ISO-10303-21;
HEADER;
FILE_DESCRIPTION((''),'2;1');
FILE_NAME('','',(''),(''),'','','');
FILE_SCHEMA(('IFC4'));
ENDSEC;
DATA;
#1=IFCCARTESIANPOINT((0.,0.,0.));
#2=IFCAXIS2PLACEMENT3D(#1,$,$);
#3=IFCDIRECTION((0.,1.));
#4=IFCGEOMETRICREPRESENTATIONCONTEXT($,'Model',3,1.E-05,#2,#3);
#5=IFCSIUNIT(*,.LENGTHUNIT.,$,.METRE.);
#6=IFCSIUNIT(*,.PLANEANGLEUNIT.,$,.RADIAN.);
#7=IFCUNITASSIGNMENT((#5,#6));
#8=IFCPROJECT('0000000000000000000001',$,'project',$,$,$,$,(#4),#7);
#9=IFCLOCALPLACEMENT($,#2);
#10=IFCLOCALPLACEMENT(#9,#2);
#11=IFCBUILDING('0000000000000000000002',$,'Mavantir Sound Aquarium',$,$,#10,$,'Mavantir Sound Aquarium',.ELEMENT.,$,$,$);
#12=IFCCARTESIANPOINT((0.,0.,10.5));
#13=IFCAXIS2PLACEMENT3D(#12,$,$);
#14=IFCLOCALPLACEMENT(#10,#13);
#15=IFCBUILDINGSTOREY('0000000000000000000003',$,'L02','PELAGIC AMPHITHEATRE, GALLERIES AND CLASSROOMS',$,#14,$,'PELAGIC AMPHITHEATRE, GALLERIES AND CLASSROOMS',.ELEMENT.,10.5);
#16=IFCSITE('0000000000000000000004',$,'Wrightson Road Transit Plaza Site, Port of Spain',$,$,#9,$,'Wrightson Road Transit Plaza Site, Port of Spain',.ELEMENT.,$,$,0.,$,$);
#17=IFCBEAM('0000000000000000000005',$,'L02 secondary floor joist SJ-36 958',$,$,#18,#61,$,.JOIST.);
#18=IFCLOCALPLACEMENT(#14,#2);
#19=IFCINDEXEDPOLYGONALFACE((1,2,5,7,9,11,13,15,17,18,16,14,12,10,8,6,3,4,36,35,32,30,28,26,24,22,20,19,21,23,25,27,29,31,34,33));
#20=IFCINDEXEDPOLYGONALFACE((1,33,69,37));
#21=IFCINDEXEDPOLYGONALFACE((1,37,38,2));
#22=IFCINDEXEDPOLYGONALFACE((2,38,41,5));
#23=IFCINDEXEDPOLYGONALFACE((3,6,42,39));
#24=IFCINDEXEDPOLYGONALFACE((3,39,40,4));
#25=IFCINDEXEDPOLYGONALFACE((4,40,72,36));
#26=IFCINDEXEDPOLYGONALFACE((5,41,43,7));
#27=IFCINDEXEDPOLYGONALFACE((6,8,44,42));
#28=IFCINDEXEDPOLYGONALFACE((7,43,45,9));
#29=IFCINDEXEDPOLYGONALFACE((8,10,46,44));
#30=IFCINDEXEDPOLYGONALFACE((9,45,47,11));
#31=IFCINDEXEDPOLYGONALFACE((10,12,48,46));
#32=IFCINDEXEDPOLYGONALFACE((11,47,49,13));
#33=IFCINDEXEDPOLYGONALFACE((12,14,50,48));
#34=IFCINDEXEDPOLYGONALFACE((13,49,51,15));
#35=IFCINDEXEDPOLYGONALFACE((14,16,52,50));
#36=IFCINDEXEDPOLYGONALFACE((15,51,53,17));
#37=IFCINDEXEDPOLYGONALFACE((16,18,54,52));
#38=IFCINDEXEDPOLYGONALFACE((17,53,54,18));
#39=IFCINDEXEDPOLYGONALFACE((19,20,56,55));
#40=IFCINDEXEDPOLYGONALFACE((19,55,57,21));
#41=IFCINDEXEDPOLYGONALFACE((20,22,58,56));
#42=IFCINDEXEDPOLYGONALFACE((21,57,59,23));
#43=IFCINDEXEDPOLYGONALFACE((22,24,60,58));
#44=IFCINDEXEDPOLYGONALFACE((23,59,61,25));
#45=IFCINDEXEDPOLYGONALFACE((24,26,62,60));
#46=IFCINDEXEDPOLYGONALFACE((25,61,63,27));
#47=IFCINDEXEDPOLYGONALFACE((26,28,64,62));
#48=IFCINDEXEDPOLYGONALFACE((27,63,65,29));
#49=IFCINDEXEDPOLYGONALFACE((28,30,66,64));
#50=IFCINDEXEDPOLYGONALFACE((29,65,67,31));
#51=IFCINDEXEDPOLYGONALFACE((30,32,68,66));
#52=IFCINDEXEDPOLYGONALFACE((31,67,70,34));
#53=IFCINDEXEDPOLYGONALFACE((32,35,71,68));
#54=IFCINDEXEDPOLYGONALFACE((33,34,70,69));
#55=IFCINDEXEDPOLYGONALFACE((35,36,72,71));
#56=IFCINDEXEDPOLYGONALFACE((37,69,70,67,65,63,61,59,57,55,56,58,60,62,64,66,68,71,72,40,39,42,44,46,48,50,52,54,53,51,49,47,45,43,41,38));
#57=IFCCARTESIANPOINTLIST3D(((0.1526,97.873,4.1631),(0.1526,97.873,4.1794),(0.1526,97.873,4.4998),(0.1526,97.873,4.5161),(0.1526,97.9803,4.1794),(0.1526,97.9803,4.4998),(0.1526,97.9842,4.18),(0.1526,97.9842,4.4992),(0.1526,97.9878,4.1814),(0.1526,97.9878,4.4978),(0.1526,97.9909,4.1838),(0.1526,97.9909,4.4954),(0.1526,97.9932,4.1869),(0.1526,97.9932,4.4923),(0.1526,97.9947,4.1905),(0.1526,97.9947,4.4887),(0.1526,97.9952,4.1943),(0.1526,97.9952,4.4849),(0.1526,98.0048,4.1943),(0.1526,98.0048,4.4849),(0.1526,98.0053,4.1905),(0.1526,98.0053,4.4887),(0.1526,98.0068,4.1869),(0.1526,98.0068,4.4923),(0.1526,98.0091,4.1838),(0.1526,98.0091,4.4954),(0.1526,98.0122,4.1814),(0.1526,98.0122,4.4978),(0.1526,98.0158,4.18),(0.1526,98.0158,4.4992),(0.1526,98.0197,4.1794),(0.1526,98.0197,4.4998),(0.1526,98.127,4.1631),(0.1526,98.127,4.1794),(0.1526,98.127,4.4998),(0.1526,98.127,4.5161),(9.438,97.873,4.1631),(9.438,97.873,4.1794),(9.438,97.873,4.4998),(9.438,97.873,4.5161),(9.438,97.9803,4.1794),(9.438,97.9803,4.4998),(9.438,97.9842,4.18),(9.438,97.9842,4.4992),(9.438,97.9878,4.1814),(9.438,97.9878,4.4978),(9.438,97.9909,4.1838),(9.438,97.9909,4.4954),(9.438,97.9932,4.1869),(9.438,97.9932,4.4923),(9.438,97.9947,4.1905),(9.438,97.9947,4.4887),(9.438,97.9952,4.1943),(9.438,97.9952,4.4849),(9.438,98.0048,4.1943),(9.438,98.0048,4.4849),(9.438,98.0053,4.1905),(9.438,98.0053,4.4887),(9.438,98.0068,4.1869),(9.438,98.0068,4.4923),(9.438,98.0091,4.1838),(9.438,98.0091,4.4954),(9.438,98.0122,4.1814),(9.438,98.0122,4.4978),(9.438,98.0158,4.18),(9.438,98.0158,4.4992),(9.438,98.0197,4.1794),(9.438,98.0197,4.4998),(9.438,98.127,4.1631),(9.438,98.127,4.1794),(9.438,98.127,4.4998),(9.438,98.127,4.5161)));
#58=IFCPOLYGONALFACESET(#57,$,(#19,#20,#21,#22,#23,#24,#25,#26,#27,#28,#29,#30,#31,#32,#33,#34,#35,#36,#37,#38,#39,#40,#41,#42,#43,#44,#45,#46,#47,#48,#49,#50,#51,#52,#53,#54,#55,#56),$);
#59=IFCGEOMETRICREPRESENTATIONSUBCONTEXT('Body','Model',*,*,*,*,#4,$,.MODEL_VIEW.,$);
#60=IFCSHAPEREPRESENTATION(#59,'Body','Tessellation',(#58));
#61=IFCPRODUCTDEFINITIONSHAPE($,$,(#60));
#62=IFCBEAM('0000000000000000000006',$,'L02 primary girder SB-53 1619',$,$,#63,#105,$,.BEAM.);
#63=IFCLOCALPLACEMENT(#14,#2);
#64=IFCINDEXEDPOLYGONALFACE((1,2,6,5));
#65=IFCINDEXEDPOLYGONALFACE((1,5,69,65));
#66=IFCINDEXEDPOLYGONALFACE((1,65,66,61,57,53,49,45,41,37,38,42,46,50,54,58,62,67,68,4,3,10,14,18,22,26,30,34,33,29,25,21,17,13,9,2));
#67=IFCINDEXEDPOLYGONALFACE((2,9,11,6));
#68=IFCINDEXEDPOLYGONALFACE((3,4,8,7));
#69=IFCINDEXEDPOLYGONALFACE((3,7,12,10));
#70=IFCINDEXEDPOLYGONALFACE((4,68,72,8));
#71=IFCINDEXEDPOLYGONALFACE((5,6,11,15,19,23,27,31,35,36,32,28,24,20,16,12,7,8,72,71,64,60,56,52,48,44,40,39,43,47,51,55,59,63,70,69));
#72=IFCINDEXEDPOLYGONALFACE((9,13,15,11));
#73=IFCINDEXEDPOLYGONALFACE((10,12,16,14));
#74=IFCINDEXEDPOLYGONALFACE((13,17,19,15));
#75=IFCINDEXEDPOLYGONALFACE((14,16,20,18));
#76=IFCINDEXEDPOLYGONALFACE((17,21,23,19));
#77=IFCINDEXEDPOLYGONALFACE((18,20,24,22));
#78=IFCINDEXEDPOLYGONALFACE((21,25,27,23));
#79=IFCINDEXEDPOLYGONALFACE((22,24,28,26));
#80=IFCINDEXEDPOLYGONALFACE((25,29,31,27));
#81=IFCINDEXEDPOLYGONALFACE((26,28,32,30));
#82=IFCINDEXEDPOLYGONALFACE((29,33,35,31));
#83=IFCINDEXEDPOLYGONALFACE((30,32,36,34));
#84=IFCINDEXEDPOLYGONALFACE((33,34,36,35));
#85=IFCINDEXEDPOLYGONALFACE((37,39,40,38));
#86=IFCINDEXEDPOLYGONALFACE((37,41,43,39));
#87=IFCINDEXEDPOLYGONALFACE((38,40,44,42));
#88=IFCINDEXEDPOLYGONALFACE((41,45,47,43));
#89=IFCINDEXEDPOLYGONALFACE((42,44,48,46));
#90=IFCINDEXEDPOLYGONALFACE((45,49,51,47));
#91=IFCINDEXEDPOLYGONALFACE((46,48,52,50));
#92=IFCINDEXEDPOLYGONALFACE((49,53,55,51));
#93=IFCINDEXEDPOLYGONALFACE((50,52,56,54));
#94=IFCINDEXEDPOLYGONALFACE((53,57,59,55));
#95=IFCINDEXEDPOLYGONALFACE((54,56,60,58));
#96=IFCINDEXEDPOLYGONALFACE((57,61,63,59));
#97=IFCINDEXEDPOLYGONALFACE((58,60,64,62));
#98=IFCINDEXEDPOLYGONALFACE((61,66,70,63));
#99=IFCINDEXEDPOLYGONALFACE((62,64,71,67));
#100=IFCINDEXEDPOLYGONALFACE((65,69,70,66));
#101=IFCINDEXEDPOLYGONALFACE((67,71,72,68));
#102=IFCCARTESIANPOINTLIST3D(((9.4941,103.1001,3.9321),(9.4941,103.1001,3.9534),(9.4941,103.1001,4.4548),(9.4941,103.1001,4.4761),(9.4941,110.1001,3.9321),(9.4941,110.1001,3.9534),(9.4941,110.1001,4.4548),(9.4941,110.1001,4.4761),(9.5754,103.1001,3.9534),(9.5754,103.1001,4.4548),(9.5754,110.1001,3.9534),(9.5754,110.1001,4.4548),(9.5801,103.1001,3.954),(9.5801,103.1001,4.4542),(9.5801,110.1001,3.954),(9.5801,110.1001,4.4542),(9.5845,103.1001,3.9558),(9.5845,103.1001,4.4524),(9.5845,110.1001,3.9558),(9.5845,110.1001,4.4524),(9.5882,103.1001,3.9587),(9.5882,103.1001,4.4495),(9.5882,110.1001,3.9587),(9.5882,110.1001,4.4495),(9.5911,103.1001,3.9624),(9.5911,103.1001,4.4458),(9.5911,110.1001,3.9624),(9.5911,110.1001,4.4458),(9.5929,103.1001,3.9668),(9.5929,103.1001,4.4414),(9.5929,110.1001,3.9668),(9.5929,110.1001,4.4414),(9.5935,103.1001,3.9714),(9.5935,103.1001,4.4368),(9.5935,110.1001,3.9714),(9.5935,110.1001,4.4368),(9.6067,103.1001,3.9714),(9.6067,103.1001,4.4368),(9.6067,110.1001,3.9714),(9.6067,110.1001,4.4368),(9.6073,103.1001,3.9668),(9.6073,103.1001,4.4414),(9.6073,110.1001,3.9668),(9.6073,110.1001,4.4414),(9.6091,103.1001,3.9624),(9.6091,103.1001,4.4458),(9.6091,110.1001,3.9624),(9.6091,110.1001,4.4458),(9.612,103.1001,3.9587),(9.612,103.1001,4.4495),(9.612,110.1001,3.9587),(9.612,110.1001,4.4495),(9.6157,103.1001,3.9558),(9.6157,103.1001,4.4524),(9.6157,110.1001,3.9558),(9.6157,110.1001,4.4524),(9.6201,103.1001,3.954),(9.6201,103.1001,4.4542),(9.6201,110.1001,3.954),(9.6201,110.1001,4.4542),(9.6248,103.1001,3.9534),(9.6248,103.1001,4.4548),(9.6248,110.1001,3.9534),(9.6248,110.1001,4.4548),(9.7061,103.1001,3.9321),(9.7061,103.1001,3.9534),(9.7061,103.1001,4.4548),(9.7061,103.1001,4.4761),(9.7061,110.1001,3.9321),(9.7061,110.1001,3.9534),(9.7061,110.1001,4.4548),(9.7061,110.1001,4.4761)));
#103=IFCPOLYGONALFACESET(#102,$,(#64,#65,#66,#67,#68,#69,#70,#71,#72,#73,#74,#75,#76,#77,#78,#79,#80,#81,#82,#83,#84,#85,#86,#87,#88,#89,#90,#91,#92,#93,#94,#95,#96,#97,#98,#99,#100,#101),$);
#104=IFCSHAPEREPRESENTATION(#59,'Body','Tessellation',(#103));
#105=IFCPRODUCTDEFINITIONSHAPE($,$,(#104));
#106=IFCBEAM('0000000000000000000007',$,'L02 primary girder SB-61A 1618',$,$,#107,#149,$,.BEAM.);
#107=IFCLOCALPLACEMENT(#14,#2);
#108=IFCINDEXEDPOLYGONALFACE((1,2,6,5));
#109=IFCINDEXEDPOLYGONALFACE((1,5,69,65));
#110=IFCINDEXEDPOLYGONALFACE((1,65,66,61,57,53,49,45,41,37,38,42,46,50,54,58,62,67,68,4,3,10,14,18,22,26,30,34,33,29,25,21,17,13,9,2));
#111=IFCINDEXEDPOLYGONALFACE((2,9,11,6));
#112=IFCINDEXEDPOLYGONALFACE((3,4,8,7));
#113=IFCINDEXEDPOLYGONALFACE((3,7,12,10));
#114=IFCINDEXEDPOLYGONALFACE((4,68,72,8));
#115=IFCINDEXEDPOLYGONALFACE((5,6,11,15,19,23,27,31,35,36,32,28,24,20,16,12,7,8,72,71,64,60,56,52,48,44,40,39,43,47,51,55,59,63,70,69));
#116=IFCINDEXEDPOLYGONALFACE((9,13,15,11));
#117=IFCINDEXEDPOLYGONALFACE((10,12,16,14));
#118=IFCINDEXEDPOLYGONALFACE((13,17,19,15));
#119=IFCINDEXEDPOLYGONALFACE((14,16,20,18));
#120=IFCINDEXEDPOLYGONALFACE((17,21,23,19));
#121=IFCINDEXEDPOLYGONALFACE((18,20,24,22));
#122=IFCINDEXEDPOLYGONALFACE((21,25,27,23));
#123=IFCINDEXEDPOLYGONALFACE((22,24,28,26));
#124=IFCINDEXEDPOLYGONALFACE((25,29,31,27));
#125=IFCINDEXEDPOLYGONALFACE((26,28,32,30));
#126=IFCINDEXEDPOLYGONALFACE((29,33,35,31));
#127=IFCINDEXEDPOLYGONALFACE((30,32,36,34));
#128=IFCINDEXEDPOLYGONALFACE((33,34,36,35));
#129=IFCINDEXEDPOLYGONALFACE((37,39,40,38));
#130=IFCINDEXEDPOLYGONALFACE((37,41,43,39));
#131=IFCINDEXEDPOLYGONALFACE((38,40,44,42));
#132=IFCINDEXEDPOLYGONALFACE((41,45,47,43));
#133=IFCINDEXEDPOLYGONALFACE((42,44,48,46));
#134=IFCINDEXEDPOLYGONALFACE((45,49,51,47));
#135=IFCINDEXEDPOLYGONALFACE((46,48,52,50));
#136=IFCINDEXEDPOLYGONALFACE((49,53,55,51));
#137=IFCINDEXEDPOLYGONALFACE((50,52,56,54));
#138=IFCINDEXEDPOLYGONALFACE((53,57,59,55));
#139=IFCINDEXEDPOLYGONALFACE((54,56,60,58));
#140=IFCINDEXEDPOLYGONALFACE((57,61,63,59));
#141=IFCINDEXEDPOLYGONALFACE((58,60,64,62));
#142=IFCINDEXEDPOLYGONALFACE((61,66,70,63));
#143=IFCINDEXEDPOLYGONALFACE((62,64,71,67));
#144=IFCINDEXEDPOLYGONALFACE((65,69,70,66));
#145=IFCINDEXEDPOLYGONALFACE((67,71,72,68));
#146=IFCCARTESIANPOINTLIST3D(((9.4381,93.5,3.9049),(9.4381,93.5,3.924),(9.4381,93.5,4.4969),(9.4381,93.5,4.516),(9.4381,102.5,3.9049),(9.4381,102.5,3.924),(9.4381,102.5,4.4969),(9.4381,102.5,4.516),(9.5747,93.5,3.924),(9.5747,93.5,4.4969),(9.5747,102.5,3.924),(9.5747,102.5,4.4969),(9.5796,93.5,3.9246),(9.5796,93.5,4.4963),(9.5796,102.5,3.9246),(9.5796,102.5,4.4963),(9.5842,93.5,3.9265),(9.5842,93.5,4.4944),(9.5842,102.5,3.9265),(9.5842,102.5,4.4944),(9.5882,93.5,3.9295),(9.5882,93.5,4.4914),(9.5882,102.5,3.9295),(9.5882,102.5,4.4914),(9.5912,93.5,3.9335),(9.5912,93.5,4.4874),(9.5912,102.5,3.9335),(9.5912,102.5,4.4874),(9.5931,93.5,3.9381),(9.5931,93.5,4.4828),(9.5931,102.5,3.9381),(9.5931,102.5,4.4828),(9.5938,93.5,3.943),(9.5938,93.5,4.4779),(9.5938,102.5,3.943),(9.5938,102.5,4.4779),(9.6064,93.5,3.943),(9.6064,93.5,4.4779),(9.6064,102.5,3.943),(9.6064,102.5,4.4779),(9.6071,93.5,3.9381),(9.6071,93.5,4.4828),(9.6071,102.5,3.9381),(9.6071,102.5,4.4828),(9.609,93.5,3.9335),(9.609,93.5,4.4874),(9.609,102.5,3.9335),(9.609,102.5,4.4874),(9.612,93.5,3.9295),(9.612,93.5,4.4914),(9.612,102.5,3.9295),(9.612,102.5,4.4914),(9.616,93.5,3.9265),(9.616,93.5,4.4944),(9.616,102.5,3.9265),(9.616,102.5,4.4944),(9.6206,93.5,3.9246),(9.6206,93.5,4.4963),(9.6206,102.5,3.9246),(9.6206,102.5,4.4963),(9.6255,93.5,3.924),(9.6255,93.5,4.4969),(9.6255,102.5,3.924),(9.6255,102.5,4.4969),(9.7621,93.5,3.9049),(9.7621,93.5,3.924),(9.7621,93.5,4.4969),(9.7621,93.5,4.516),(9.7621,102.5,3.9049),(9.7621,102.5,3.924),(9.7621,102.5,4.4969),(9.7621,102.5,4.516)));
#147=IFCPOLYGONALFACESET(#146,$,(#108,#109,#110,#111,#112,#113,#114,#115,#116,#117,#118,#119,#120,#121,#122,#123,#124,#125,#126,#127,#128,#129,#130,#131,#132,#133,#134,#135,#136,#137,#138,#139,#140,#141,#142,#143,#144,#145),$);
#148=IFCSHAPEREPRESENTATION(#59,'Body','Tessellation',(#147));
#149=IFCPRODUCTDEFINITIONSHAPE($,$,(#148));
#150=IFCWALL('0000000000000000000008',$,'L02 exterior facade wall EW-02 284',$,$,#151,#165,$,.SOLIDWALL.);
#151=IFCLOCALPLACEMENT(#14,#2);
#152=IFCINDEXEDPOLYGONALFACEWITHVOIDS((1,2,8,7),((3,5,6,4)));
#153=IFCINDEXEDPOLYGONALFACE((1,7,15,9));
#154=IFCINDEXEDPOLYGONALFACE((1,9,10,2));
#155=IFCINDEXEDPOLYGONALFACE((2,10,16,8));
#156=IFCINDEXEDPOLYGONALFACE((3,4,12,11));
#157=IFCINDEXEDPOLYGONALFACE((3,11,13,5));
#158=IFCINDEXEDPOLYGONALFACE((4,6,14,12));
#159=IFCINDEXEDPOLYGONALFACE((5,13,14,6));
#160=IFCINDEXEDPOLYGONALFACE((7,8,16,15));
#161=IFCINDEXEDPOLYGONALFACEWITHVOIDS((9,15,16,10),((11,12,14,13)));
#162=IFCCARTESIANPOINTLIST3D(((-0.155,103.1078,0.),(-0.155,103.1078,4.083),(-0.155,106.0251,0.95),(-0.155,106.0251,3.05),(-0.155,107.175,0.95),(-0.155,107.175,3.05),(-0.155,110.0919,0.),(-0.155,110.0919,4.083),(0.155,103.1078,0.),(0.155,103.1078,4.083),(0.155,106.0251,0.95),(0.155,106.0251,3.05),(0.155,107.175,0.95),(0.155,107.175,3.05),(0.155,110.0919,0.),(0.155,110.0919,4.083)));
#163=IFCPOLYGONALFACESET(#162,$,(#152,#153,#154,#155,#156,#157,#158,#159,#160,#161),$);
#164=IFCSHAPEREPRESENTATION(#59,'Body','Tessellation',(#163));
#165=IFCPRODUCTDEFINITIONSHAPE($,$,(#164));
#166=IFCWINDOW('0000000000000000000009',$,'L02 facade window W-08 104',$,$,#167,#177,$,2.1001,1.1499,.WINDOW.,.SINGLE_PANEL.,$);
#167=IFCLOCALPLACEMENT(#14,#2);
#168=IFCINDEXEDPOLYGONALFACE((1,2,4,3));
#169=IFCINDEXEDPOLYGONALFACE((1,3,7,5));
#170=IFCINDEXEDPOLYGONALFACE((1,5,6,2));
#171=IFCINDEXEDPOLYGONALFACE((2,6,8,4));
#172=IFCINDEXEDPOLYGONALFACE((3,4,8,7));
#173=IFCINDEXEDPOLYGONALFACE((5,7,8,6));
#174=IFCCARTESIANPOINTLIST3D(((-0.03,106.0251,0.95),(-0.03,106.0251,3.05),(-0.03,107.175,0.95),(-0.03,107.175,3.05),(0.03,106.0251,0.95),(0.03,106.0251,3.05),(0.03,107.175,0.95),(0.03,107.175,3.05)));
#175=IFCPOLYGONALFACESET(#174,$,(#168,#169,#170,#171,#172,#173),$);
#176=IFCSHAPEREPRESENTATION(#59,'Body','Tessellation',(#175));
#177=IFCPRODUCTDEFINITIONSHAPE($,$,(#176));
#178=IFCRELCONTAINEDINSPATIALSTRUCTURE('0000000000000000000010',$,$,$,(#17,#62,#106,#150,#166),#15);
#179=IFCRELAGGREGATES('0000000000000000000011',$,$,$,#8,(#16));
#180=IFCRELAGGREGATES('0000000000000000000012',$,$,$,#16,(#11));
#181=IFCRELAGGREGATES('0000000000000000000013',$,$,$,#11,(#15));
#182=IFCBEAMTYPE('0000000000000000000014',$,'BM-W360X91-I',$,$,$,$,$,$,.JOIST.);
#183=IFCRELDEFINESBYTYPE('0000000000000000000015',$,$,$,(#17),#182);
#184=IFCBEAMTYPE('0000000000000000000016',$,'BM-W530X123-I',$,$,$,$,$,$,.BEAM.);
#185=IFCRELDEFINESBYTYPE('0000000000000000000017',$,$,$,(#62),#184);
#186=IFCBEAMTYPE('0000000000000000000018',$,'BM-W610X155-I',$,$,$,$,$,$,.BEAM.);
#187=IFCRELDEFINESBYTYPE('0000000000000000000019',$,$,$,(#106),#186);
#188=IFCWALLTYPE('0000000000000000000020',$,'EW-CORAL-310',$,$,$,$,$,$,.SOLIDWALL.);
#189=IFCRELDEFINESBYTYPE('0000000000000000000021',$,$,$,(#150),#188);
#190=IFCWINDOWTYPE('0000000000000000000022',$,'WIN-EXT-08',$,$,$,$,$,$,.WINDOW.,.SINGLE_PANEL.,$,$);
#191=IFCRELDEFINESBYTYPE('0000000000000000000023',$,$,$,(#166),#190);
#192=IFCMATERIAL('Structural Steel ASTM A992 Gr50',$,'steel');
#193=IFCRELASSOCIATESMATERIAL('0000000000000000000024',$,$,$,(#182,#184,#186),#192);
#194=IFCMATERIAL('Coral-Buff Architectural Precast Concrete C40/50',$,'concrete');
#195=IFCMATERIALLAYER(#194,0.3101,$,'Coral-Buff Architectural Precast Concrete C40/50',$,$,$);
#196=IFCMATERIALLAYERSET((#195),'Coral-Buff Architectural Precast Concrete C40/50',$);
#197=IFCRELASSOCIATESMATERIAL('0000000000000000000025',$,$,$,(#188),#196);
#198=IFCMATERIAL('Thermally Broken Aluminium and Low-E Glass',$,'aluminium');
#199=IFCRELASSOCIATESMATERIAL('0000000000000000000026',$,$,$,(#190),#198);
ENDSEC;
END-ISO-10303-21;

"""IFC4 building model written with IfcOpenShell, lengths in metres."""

from ifc_helpers import new_model, si_unit, direction, frame, frame_2d, origin, origin_2d, place, context, subcontext, project, spatial, rectangle, i_section, extrude, material, layer, layer_set, material_profile, profile_set, type_object, element, fill, save


model = new_model("IFC4")

# Units and contexts
model_context = context("Model", 3, precision=1e-05, world=origin(), true_north=direction((0.0, 1.0)))
body_context = subcontext(model_context, "Body", "Model", "MODEL_VIEW")
ifc_project = project(units=[si_unit("LENGTHUNIT", "METRE"), si_unit("PLANEANGLEUNIT", "RADIAN")], contexts=[model_context])

# Site, building, storey
site_placement = place(None, origin())
site = spatial("IfcSite", under=ifc_project, at=site_placement, Name="Wrightson Road Transit Plaza Site, Port of Spain", LongName="Wrightson Road Transit Plaza Site, Port of Spain", CompositionType="ELEMENT", RefElevation=0.0)
building_placement = place(site_placement, origin())
building = spatial("IfcBuilding", under=site, at=building_placement, Name="Mavantir Sound Aquarium", LongName="Mavantir Sound Aquarium", CompositionType="ELEMENT")
storey_placement = place(building_placement, frame((0.0, 0.0, 10.5)))
storey = spatial("IfcBuildingStorey", under=building, at=storey_placement, Name="L02", Description="PELAGIC AMPHITHEATRE, GALLERIES AND CLASSROOMS", LongName="PELAGIC AMPHITHEATRE, GALLERIES AND CLASSROOMS", CompositionType="ELEMENT", Elevation=10.5)

# Beams
ifc_material_1 = material(Name="Structural Steel ASTM A992 Gr50", Category="steel")
ifc_material_profile_1 = material_profile(ifc_material_1, i_section(OverallWidth=0.2539, OverallDepth=0.353, WebThickness=0.0095, FlangeThickness=0.0164, FilletRadius=0.0149, at=origin_2d()), Name="W360X91")
ifc_profile_set_1 = profile_set([ifc_material_profile_1], Name="Structural Steel ASTM A992 Gr50")
beam_type_1 = type_object("IfcBeamType", Name="BM-W360X91-I", PredefinedType="JOIST", material=ifc_profile_set_1)
beam_1_placement = place(storey_placement, frame((0.1526, 98.0, 4.3396), z_axis=(1.0, 0.0, 0.0), x_axis=(0.0, 1.0, 0.0)))
element("IfcBeam", 1, at=beam_1_placement, inside=storey, type_object=beam_type_1, Name="L02 secondary floor joist SJ-36 958", PredefinedType="JOIST", context=body_context, shape_type="SweptSolid", body=[
    extrude(i_section(OverallWidth=0.2539, OverallDepth=0.353, WebThickness=0.0095, FlangeThickness=0.0164, FilletRadius=0.0149, at=origin_2d()), origin(), (0.0, 0.0, 1.0), 9.2854),
])
ifc_material_profile_2 = material_profile(ifc_material_1, i_section(OverallWidth=0.2119, OverallDepth=0.5439, WebThickness=0.0132, FlangeThickness=0.0212, FilletRadius=0.0181, at=origin_2d()), Name="W530X123")
ifc_profile_set_2 = profile_set([ifc_material_profile_2], Name="Structural Steel ASTM A992 Gr50")
beam_type_2 = type_object("IfcBeamType", Name="BM-W530X123-I", PredefinedType="BEAM", material=ifc_profile_set_2)
beam_2_placement = place(storey_placement, frame((9.6001, 103.1001, 4.2041), z_axis=(0.0, 1.0, 0.0), x_axis=(-1.0, 0.0, 0.0)))
element("IfcBeam", 2, at=beam_2_placement, inside=storey, type_object=beam_type_2, Name="L02 primary girder SB-53 1619", PredefinedType="BEAM", context=body_context, shape_type="SweptSolid", body=[
    extrude(i_section(OverallWidth=0.2119, OverallDepth=0.5439, WebThickness=0.0132, FlangeThickness=0.0212, FilletRadius=0.0181, at=origin_2d()), origin(), (0.0, 0.0, 1.0), 7.0),
])
ifc_material_profile_3 = material_profile(ifc_material_1, i_section(OverallWidth=0.324, OverallDepth=0.6111, WebThickness=0.0127, FlangeThickness=0.019, FilletRadius=0.019, at=origin_2d()), Name="W610X155")
ifc_profile_set_3 = profile_set([ifc_material_profile_3], Name="Structural Steel ASTM A992 Gr50")
beam_type_3 = type_object("IfcBeamType", Name="BM-W610X155-I", PredefinedType="BEAM", material=ifc_profile_set_3)
beam_3_placement = place(storey_placement, frame((9.6001, 93.5, 4.2104), z_axis=(0.0, 1.0, 0.0), x_axis=(-1.0, 0.0, 0.0)))
element("IfcBeam", 3, at=beam_3_placement, inside=storey, type_object=beam_type_3, Name="L02 primary girder SB-61A 1618", PredefinedType="BEAM", context=body_context, shape_type="SweptSolid", body=[
    extrude(i_section(OverallWidth=0.324, OverallDepth=0.6111, WebThickness=0.0127, FlangeThickness=0.019, FilletRadius=0.019, at=origin_2d()), origin(), (0.0, 0.0, 1.0), 9.0),
])

# Wall, opening, window
ifc_material_2 = material(Name="Coral-Buff Architectural Precast Concrete C40/50", Category="concrete")
ifc_layer_1 = layer(ifc_material_2, 0.3101, Name="Coral-Buff Architectural Precast Concrete C40/50")
ifc_layer_set_1 = layer_set([ifc_layer_1], Name="Coral-Buff Architectural Precast Concrete C40/50")
wall_type_1 = type_object("IfcWallType", Name="EW-CORAL-310", PredefinedType="SOLIDWALL", material=ifc_layer_set_1)
wall_1_placement = place(storey_placement, frame((0.0, 110.092, 0.0), z_axis=(0.0, 0.0, 1.0), x_axis=(0.0, -1.0, 0.0)))
wall_1 = element("IfcWall", 4, at=wall_1_placement, inside=storey, type_object=wall_type_1, Name="L02 exterior facade wall EW-02 284", PredefinedType="SOLIDWALL", context=body_context, shape_type="SweptSolid", body=[
    extrude(rectangle(XDim=6.9841, YDim=0.3101, at=frame_2d((3.4922, 0.0))), origin(), (0.0, 0.0, 1.0), 4.083),
])
opening_1_placement = place(wall_1_placement, frame((2.917, 0.0, 0.95)))
opening_1 = element("IfcOpeningElement", 5, at=opening_1_placement, cuts=wall_1, PredefinedType="OPENING", context=body_context, shape_type="SweptSolid", body=[
    extrude(rectangle(XDim=1.1499, YDim=2.1001, at=frame_2d((0.575, 1.05))), frame((0.0, 0.165, 0.0), z_axis=(0.0, -1.0, 0.0), x_axis=(1.0, 0.0, 0.0)), (0.0, 0.0, 1.0), 0.3301),
])
ifc_material_3 = material(Name="Thermally Broken Aluminium and Low-E Glass", Category="aluminium")
window_type_1 = type_object("IfcWindowType", Name="WIN-EXT-08", PartitioningType="SINGLE_PANEL", PredefinedType="WINDOW", material=ifc_material_3)
window_1_placement = place(opening_1_placement, origin())
window_1 = element("IfcWindow", 6, at=window_1_placement, inside=storey, type_object=window_type_1, Name="L02 facade window W-08 104", OverallHeight=2.1001, OverallWidth=1.1499, PartitioningType="SINGLE_PANEL", PredefinedType="WINDOW", context=body_context, shape_type="SweptSolid", body=[
    extrude(rectangle(XDim=1.1499, YDim=2.1001, at=frame_2d((0.575, 1.05))), frame((0.0, 0.03, 0.0), z_axis=(0.0, -1.0, 0.0), x_axis=(1.0, 0.0, 0.0)), (0.0, 0.0, 1.0), 0.0601),
])
fill(opening_1, window_1)

save(model, "model.ifc")
